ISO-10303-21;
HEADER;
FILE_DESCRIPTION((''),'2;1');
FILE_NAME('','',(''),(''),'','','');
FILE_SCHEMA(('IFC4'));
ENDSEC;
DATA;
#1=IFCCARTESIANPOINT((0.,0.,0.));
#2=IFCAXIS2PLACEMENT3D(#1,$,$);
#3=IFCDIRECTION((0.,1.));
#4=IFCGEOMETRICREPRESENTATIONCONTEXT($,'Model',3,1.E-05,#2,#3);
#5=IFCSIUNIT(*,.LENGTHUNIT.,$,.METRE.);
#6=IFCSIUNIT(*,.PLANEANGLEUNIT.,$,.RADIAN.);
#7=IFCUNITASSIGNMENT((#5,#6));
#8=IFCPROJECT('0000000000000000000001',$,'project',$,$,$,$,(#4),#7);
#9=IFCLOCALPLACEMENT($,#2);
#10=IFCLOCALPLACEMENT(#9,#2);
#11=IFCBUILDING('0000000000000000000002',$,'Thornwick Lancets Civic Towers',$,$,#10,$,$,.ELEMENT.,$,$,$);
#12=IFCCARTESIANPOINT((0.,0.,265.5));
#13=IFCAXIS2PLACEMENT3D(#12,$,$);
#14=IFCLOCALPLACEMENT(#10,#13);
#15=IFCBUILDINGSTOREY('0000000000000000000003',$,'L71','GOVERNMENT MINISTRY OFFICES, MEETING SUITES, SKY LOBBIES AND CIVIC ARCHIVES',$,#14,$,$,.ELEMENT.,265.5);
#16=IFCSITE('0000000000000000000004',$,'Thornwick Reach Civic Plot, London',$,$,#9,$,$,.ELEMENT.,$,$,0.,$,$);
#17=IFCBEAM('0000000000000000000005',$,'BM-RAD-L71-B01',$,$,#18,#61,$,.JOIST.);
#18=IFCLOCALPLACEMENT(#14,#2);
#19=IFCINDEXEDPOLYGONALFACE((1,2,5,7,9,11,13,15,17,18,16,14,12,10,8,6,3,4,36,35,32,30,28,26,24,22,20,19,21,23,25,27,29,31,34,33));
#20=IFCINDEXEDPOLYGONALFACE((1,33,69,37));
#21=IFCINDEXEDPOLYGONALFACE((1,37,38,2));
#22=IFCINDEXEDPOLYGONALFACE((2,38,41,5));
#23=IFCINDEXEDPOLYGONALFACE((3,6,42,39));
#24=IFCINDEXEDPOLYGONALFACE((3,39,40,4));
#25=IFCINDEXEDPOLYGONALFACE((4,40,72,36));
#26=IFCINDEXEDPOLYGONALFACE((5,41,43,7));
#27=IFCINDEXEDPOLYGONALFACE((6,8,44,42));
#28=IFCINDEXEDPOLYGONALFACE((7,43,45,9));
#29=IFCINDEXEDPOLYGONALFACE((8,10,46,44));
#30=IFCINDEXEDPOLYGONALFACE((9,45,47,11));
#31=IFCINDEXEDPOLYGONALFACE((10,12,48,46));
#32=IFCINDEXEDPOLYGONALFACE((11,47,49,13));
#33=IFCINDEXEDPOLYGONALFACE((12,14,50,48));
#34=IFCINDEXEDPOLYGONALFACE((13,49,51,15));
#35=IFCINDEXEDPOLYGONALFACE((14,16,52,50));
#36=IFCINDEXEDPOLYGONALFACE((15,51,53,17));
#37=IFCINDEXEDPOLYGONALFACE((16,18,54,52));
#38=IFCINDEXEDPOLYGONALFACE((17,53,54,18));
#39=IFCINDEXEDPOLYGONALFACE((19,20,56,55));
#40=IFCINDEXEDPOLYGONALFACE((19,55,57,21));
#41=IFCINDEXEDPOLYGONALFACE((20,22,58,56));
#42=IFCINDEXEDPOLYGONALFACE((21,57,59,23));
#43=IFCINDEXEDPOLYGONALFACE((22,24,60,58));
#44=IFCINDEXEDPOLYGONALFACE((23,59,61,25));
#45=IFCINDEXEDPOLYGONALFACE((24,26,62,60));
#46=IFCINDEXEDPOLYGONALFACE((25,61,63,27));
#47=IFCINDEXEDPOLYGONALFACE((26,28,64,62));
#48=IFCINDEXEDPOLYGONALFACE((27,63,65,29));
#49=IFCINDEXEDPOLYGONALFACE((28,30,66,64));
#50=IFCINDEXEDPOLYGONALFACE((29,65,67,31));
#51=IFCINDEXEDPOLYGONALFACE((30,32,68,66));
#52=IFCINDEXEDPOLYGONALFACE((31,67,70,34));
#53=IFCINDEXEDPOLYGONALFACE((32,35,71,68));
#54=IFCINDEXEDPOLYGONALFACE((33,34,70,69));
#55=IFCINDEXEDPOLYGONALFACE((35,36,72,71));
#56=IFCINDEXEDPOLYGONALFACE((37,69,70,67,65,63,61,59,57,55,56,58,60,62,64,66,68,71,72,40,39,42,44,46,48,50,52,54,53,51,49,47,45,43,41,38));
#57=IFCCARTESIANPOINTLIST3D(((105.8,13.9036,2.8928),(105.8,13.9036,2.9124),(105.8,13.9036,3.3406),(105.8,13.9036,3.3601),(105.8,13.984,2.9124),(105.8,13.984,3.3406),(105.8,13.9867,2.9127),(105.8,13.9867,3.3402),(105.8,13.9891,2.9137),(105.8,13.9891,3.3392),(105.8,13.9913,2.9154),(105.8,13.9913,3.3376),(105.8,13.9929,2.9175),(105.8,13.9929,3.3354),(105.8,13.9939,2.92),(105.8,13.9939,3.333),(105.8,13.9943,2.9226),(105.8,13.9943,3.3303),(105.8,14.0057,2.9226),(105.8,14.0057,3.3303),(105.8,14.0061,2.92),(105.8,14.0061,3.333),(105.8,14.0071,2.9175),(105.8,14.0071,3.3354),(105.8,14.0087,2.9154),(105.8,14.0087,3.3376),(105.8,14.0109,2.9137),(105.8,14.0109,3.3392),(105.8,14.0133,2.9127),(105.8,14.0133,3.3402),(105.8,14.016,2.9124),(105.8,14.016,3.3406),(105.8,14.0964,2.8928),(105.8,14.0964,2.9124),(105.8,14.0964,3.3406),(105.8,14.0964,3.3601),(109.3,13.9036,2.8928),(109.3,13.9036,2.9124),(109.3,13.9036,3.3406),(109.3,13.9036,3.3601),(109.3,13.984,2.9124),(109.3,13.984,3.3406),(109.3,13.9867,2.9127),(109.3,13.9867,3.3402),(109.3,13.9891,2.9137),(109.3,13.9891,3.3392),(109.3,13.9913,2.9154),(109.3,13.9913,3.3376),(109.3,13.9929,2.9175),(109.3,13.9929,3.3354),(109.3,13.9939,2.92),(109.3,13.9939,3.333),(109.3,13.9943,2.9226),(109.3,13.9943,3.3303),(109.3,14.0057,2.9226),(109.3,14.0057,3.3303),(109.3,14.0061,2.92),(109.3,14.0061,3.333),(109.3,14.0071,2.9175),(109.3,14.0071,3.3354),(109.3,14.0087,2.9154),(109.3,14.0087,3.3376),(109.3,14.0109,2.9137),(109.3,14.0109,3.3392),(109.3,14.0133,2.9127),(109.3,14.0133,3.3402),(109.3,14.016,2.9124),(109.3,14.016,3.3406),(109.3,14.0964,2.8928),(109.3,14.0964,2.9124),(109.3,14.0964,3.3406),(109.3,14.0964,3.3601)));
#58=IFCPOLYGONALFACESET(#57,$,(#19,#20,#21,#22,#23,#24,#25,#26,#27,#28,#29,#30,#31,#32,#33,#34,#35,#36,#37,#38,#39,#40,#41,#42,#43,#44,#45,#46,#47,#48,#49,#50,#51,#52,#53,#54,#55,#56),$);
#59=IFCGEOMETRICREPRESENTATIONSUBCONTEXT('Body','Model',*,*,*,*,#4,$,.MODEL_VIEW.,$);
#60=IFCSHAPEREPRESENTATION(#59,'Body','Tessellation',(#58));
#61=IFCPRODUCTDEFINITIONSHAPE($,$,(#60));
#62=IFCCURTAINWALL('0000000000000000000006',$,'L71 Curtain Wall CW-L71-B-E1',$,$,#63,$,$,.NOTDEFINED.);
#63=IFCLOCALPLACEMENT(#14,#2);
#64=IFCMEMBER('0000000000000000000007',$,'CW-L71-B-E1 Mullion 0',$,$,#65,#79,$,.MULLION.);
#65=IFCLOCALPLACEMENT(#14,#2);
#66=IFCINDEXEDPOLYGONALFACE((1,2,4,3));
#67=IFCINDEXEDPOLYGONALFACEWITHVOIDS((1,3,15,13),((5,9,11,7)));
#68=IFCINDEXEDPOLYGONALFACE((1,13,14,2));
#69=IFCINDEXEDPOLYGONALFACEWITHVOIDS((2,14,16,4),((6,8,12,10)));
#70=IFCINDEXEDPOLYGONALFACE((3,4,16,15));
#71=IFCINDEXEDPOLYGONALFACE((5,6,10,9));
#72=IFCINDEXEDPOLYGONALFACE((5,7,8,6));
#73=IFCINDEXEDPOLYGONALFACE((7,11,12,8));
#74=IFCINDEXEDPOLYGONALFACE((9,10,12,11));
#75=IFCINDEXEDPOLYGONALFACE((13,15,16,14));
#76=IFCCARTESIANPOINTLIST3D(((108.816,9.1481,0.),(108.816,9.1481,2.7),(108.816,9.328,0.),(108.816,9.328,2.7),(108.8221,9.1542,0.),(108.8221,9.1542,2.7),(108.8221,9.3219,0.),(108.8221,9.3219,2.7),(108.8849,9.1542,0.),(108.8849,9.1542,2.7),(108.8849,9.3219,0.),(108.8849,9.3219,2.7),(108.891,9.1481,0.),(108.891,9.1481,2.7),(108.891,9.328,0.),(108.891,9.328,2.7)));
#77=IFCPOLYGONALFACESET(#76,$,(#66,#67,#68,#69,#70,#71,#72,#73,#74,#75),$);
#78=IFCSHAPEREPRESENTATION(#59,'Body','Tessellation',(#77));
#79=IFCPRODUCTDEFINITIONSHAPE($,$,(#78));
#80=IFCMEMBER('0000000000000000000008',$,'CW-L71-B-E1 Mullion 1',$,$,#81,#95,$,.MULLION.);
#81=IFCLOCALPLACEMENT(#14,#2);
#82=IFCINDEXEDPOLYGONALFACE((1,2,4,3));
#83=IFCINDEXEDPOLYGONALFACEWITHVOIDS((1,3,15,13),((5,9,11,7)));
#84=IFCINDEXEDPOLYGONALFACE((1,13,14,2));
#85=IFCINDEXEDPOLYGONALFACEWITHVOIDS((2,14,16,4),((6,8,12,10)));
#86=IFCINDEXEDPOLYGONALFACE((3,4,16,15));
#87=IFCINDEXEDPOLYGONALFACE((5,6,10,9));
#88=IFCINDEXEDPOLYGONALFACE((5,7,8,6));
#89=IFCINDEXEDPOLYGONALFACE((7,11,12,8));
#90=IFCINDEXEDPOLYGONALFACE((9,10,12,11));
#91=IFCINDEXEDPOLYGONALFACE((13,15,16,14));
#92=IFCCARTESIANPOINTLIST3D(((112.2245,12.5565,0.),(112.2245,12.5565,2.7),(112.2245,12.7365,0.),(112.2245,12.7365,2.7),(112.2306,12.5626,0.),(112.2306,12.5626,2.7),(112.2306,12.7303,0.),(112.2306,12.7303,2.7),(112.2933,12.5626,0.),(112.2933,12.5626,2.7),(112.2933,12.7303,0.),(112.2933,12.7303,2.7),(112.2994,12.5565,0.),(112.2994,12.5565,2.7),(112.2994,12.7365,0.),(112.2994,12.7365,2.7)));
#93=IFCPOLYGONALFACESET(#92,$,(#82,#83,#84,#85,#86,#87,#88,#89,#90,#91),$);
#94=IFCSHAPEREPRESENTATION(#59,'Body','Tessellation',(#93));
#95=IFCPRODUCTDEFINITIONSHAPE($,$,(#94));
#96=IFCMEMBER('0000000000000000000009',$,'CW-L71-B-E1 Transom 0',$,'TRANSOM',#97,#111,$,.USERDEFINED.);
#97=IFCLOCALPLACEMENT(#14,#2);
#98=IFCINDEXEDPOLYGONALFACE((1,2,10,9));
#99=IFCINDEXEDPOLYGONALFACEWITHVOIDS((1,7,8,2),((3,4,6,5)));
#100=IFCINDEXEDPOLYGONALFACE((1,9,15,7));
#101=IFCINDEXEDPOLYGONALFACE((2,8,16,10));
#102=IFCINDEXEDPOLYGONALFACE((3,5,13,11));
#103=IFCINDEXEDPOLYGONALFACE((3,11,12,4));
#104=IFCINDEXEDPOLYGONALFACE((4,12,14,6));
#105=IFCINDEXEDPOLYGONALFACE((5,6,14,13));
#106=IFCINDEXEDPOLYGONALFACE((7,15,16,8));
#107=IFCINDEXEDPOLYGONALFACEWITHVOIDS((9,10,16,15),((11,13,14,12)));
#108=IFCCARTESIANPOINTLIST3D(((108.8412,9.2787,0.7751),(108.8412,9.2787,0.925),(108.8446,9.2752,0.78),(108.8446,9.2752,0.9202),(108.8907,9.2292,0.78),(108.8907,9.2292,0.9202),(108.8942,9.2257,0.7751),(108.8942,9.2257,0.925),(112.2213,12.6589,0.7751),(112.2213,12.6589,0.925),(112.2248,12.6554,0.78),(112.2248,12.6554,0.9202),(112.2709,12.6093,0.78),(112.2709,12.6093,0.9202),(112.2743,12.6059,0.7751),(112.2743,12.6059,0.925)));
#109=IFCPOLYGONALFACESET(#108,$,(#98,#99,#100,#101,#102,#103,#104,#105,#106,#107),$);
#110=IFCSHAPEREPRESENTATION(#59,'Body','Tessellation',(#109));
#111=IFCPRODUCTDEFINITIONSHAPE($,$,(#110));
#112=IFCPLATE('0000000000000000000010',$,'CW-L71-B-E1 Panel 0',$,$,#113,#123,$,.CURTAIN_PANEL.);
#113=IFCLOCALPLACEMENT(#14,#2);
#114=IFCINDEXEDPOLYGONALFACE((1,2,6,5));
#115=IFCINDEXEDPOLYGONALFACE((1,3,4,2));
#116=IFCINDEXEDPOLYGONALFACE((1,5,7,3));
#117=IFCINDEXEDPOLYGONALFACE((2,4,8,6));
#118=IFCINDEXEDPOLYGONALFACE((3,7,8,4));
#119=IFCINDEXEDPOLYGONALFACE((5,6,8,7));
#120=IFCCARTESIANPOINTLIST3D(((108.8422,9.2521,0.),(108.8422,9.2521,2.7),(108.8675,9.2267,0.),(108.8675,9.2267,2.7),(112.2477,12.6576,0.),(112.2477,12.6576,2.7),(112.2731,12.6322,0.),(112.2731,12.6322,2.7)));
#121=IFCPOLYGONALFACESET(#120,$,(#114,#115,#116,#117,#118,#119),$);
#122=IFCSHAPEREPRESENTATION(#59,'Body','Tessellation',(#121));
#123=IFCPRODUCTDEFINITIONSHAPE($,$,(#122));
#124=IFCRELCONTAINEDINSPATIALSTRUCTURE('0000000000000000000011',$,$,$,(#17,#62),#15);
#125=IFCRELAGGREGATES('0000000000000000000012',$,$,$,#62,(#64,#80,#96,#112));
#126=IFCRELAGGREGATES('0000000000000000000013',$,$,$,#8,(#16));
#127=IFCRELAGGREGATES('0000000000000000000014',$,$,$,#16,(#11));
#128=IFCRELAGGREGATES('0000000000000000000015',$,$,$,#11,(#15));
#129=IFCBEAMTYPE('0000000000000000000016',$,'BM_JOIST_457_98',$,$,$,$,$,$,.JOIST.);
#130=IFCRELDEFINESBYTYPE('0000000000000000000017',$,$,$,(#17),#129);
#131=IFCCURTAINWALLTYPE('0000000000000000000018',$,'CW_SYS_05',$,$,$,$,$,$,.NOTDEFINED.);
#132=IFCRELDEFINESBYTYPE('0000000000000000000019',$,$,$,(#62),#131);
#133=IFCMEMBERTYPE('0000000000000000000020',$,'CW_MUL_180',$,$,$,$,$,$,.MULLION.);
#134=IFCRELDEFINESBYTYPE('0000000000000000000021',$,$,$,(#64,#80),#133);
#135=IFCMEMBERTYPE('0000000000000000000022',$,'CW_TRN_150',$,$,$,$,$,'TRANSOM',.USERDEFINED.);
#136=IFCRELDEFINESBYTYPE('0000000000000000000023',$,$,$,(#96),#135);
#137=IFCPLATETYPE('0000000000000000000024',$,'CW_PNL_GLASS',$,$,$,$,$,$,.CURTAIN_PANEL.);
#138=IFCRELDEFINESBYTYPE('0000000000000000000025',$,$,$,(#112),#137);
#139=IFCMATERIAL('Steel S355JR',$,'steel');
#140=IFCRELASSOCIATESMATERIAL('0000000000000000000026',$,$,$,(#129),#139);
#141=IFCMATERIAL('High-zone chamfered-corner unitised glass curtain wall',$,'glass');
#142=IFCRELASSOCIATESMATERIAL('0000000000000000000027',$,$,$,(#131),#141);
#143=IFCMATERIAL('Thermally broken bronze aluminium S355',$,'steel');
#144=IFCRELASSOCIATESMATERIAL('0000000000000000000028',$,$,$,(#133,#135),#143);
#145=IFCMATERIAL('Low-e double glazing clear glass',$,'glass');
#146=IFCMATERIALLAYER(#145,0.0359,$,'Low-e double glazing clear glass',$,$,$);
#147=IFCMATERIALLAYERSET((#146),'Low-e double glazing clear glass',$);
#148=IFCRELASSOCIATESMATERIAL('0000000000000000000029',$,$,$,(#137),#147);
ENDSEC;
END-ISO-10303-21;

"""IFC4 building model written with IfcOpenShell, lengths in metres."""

from ifc_helpers import new_model, si_unit, direction, frame, origin, origin_2d, place, context, subcontext, project, spatial, rectangle, hollow_rectangle, i_section, extrude, material, layer, layer_set, material_profile, profile_set, type_object, element, aggregate, save


model = new_model("IFC4")

# Units and contexts
model_context = context("Model", 3, precision=1e-05, world=origin(), true_north=direction((0.0, 1.0)))
body_context = subcontext(model_context, "Body", "Model", "MODEL_VIEW")
ifc_project = project(units=[si_unit("LENGTHUNIT", "METRE"), si_unit("PLANEANGLEUNIT", "RADIAN")], contexts=[model_context])

# Site, building, storey
site_placement = place(None, origin())
site = spatial("IfcSite", under=ifc_project, at=site_placement, Name="Thornwick Reach Civic Plot, London", CompositionType="ELEMENT", RefElevation=0.0)
building_placement = place(site_placement, origin())
building = spatial("IfcBuilding", under=site, at=building_placement, Name="Thornwick Lancets Civic Towers", CompositionType="ELEMENT")
storey_placement = place(building_placement, frame((0.0, 0.0, 265.5)))
storey = spatial("IfcBuildingStorey", under=building, at=storey_placement, Name="L71", Description="GOVERNMENT MINISTRY OFFICES, MEETING SUITES, SKY LOBBIES AND CIVIC ARCHIVES", CompositionType="ELEMENT", Elevation=265.5)

# Shared definitions
ifc_material_1 = material(Name="Steel S355JR", Category="steel")

# Beam
ifc_material_profile_1 = material_profile(ifc_material_1, i_section(OverallWidth=0.1929, OverallDepth=0.4673, WebThickness=0.0115, FlangeThickness=0.0195, FilletRadius=0.0103, at=origin_2d()), Name="UKB 457x191x98")
ifc_profile_set_1 = profile_set([ifc_material_profile_1], Name="Steel S355JR")
beam_type_1 = type_object("IfcBeamType", Name="BM_JOIST_457_98", PredefinedType="JOIST", material=ifc_profile_set_1)
beam_placement = place(storey_placement, frame((105.8, 14.0, 3.1265), z_axis=(1.0, 0.0, 0.0), x_axis=(0.0, 1.0, 0.0)))
element("IfcBeam", 1, at=beam_placement, inside=storey, type_object=beam_type_1, Name="BM-RAD-L71-B01", PredefinedType="JOIST", context=body_context, shape_type="SweptSolid", body=[
    extrude(i_section(OverallWidth=0.1929, OverallDepth=0.4673, WebThickness=0.0115, FlangeThickness=0.0195, FilletRadius=0.0103, at=origin_2d()), origin(), (0.0, 0.0, 1.0), 3.5),
])

# Curtain wall, members, plate
ifc_material_2 = material(Name="High-zone chamfered-corner unitised glass curtain wall", Category="glass")
curtain_wall_type = type_object("IfcCurtainWallType", Name="CW_SYS_05", PredefinedType="NOTDEFINED", material=ifc_material_2)
curtain_wall_placement = place(storey_placement, origin())
curtain_wall = element("IfcCurtainWall", 2, at=curtain_wall_placement, inside=storey, type_object=curtain_wall_type, Name="L71 Curtain Wall CW-L71-B-E1", PredefinedType="NOTDEFINED")
ifc_material_3 = material(Name="Thermally broken bronze aluminium S355", Category="steel")
ifc_material_profile_2 = material_profile(ifc_material_3, hollow_rectangle(XDim=0.075, YDim=0.1799, WallThickness=0.0061, at=origin_2d()), Name="RHS 180x75x6")
ifc_profile_set_2 = profile_set([ifc_material_profile_2], Name="Thermally broken bronze aluminium S355")
member_type_1 = type_object("IfcMemberType", Name="CW_MUL_180", PredefinedType="MULLION", material=ifc_profile_set_2)
member_1_placement = place(storey_placement, frame((108.8535, 9.238, 0.0), z_axis=(0.0, 0.0, 1.0), x_axis=(1.0, 0.0, 0.0)))
member_1 = element("IfcMember", 3, at=member_1_placement, type_object=member_type_1, Name="CW-L71-B-E1 Mullion 0", PredefinedType="MULLION", context=body_context, shape_type="SweptSolid", body=[
    extrude(hollow_rectangle(XDim=0.075, YDim=0.1799, WallThickness=0.0061, at=origin_2d()), origin(), (0.0, 0.0, 1.0), 2.7),
])
member_2_placement = place(storey_placement, frame((112.262, 12.6465, 0.0), z_axis=(0.0, 0.0, 1.0), x_axis=(1.0, 0.0, 0.0)))
member_2 = element("IfcMember", 4, at=member_2_placement, type_object=member_type_1, Name="CW-L71-B-E1 Mullion 1", PredefinedType="MULLION", context=body_context, shape_type="SweptSolid", body=[
    extrude(hollow_rectangle(XDim=0.075, YDim=0.1799, WallThickness=0.0061, at=origin_2d()), origin(), (0.0, 0.0, 1.0), 2.7),
])
ifc_material_profile_3 = material_profile(ifc_material_3, hollow_rectangle(XDim=0.075, YDim=0.1499, WallThickness=0.0049, at=origin_2d()), Name="RHS 150x75x5")
ifc_profile_set_3 = profile_set([ifc_material_profile_3], Name="Thermally broken bronze aluminium S355")
member_type_2 = type_object("IfcMemberType", Name="CW_TRN_150", ElementType="TRANSOM", PredefinedType="USERDEFINED", material=ifc_profile_set_3)
member_3_placement = place(storey_placement, frame((108.8677, 9.2522, 0.8501), z_axis=(0.707107, 0.707107, 0.0), x_axis=(-0.707107, 0.707107, 0.0)))
member_3 = element("IfcMember", 5, at=member_3_placement, type_object=member_type_2, Name="CW-L71-B-E1 Transom 0", ObjectType="TRANSOM", PredefinedType="USERDEFINED", context=body_context, shape_type="SweptSolid", body=[
    extrude(hollow_rectangle(XDim=0.075, YDim=0.1499, WallThickness=0.0049, at=origin_2d()), origin(), (0.0, 0.0, 1.0), 4.7803),
])
ifc_material_4 = material(Name="Low-e double glazing clear glass", Category="glass")
ifc_layer_1 = layer(ifc_material_4, 0.0359, Name="Low-e double glazing clear glass")
ifc_layer_set_1 = layer_set([ifc_layer_1], Name="Low-e double glazing clear glass")
plate_type = type_object("IfcPlateType", Name="CW_PNL_GLASS", PredefinedType="CURTAIN_PANEL", material=ifc_layer_set_1)
plate_placement = place(storey_placement, frame((110.5576, 10.9421, 0.0), z_axis=(0.0, 0.0, 1.0), x_axis=(0.707107, 0.707107, 0.0)))
plate = element("IfcPlate", 6, at=plate_placement, type_object=plate_type, Name="CW-L71-B-E1 Panel 0", PredefinedType="CURTAIN_PANEL", context=body_context, shape_type="SweptSolid", body=[
    extrude(rectangle(XDim=4.8162, YDim=0.0359, at=origin_2d()), origin(), (0.0, 0.0, 1.0), 2.7),
])
aggregate(curtain_wall, [member_1, member_2, member_3, plate])

save(model, "model.ifc")
